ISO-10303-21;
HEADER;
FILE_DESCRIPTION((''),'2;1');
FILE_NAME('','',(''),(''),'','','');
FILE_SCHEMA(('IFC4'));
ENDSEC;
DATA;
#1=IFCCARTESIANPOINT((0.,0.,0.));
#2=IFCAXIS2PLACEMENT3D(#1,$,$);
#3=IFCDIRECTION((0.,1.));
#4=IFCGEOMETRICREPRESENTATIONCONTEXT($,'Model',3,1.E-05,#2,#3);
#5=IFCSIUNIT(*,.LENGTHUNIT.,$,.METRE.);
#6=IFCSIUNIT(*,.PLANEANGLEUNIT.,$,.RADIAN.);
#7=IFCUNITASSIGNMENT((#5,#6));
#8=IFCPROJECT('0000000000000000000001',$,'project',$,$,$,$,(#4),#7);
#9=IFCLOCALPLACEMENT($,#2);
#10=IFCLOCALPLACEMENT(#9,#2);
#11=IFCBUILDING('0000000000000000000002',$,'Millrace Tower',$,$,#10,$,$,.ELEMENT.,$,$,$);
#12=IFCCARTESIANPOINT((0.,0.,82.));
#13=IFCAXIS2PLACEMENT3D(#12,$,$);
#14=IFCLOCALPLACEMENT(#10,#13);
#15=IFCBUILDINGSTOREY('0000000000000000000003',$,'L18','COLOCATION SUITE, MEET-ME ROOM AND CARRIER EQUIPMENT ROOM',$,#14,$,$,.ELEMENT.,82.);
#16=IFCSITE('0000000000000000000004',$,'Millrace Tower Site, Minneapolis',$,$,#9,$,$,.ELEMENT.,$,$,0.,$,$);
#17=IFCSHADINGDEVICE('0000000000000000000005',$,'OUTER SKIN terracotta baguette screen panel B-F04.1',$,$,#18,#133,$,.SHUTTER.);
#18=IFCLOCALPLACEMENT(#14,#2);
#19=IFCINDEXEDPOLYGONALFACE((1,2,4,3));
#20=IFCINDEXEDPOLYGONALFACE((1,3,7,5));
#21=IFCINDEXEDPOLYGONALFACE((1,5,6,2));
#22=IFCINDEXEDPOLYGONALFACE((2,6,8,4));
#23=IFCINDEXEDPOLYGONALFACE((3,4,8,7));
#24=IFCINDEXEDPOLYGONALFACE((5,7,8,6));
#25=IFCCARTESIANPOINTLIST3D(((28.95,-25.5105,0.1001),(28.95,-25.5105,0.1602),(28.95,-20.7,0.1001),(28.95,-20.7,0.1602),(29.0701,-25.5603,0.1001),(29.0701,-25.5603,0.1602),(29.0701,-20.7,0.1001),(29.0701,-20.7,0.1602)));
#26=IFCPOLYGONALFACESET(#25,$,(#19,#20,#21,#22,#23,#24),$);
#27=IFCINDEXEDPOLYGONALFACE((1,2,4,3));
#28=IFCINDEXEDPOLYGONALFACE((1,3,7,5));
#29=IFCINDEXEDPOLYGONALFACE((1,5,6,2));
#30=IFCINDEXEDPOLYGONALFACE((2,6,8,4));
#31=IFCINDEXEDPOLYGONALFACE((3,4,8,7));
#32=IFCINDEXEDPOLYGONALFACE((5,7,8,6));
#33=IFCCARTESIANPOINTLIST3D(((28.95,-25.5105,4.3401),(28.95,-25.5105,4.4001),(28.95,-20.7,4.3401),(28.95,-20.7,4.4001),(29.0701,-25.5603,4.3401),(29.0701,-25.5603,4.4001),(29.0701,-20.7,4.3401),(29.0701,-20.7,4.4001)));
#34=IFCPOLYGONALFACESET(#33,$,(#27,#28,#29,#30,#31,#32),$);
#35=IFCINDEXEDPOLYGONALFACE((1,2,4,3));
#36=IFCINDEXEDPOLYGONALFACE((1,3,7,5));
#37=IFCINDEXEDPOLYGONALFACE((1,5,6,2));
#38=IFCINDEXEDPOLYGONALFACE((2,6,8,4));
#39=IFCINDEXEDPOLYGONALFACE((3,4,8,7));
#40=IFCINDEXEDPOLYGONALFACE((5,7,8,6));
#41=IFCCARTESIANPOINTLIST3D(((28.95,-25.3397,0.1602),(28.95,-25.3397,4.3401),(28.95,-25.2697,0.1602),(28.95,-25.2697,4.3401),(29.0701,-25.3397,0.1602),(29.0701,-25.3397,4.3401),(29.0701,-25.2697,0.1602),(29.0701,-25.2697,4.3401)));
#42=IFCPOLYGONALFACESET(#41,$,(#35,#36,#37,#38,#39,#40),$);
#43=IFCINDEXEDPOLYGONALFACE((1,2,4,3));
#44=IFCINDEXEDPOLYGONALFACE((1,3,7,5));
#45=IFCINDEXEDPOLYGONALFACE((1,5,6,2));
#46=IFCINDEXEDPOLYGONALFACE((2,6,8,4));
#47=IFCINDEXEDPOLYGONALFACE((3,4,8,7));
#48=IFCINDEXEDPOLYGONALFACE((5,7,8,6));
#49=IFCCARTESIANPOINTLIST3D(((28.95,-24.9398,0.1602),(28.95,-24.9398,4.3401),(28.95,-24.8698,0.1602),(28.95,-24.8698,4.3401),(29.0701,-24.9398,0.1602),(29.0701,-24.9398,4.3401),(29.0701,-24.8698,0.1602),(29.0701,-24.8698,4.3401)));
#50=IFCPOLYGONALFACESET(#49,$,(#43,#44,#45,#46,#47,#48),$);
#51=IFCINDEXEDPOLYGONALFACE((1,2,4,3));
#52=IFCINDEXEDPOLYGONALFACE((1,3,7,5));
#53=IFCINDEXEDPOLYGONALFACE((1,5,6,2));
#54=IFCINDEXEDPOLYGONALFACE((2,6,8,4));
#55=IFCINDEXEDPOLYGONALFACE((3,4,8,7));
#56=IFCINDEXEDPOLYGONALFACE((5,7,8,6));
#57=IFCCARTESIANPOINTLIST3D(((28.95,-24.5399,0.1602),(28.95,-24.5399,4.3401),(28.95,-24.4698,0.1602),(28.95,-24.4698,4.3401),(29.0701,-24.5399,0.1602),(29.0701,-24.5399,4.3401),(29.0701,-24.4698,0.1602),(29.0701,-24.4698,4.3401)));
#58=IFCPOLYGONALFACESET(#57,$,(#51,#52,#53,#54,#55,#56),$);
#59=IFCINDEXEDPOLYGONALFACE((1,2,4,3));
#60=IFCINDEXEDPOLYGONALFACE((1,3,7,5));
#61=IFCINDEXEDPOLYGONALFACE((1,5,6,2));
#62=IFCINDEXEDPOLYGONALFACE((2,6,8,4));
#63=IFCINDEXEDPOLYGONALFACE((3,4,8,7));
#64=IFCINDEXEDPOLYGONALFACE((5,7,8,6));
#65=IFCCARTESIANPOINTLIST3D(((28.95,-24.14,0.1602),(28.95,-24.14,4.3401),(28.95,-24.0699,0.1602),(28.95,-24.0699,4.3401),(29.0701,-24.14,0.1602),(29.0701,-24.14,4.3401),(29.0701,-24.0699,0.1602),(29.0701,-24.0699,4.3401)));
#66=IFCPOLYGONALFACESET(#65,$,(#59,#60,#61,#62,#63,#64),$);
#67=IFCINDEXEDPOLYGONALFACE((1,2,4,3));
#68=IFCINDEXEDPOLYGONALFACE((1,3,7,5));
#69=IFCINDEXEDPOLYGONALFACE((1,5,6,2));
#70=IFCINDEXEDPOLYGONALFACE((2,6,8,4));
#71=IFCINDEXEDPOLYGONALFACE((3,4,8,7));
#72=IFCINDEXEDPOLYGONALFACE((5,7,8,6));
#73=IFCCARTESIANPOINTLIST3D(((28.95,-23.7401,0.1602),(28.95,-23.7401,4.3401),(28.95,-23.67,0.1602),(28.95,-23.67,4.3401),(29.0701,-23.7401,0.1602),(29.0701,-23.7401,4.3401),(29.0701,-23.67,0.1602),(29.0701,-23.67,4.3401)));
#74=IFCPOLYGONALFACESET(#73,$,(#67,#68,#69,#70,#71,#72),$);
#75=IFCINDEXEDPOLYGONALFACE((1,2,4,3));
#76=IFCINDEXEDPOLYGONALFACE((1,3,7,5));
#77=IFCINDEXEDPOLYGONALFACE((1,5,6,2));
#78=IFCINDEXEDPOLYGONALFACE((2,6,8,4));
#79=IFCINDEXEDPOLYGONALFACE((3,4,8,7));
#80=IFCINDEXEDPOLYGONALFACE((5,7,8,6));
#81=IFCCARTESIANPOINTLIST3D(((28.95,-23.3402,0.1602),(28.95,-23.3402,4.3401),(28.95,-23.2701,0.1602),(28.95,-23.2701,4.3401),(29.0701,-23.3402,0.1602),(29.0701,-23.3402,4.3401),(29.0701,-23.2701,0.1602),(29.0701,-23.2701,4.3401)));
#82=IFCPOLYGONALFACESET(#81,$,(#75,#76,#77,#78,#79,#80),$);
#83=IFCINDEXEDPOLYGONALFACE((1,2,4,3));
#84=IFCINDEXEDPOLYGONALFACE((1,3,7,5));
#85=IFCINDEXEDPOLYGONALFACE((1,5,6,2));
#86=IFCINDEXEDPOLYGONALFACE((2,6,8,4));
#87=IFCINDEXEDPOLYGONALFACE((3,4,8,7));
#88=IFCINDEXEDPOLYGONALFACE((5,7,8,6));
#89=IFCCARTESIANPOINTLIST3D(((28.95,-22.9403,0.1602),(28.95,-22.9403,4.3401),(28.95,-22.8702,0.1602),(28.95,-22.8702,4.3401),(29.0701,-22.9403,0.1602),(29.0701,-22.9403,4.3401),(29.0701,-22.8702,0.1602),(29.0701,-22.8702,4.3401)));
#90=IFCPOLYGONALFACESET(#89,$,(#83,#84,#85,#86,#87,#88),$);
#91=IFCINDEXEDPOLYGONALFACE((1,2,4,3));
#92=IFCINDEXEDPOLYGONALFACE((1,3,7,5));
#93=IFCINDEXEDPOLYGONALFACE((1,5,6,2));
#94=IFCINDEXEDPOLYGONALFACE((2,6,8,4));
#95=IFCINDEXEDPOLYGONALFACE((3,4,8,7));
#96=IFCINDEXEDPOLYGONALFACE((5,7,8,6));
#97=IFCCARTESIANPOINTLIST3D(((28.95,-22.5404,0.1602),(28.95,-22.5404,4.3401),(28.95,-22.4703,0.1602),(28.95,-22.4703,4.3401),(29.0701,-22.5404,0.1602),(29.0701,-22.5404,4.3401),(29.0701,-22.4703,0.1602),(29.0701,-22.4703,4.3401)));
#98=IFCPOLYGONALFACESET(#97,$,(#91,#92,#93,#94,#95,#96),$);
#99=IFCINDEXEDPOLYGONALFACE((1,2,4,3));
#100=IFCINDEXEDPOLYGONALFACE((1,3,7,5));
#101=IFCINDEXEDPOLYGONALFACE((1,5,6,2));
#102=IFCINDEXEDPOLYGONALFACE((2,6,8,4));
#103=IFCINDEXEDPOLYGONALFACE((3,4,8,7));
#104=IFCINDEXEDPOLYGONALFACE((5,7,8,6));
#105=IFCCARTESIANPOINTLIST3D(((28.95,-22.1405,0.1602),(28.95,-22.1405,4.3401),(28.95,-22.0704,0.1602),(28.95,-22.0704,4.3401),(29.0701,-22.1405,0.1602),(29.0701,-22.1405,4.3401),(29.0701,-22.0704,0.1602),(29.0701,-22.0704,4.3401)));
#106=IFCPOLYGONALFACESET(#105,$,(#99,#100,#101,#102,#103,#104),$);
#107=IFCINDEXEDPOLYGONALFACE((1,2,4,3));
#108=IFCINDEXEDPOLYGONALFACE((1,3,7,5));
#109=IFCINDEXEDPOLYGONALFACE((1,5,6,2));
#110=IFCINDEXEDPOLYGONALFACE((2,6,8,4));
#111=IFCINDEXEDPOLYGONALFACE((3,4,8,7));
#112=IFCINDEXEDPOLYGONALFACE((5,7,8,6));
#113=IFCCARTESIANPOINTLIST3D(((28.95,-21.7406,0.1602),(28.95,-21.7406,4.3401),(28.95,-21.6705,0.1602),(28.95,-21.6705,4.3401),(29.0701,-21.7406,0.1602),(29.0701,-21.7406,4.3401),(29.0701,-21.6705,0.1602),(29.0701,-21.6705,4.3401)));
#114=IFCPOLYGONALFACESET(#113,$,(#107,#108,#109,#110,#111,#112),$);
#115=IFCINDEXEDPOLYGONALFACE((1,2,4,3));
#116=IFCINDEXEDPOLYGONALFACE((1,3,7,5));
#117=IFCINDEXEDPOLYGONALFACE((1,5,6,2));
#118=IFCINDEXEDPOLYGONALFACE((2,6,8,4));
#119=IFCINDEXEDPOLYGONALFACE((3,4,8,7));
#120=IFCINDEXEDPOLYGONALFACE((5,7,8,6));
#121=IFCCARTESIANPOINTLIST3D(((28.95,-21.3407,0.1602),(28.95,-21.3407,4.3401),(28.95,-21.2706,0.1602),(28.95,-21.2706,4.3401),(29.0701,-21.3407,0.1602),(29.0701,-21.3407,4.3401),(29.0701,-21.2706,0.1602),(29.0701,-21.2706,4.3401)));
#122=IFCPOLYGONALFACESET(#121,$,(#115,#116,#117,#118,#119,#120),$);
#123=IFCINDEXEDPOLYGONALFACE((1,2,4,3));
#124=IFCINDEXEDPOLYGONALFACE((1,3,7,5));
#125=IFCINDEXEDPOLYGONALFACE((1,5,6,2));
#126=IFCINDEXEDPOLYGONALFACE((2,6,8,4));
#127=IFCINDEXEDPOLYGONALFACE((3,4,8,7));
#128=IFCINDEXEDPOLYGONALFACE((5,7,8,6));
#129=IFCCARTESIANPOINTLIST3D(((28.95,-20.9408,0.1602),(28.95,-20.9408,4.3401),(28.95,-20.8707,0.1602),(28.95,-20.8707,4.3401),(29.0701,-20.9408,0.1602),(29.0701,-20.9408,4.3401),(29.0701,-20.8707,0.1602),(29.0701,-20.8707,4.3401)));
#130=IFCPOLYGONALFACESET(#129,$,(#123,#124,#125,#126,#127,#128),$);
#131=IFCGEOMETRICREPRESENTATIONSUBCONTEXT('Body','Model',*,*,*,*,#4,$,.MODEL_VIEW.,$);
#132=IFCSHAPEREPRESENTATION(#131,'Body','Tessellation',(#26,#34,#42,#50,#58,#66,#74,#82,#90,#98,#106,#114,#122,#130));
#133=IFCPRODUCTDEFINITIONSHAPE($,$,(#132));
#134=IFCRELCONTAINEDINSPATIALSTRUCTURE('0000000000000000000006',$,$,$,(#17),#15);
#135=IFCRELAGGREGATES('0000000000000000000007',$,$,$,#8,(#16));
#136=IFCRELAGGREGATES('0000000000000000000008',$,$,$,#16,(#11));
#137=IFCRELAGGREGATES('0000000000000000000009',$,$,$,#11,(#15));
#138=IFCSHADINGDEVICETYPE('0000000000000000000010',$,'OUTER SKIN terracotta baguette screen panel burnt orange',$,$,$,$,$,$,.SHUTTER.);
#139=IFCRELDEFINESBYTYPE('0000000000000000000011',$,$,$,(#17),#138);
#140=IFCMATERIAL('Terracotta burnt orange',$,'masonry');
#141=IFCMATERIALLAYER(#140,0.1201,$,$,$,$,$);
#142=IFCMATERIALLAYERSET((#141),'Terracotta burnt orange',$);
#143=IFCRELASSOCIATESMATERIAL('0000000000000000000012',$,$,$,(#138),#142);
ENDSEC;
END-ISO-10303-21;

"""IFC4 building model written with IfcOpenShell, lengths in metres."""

from ifc_helpers import new_model, entity, si_unit, direction, frame, frame_2d, origin, place, context, subcontext, project, spatial, rectangle, extrude, source, transform, mapped, material, layer, layer_set, type_object, element, save


model = new_model("IFC4")

# Units and contexts
model_context = context("Model", 3, precision=1e-05, world=origin(), true_north=direction((0.0, 1.0)))
body_context = subcontext(model_context, "Body", "Model", "MODEL_VIEW")
ifc_project = project(units=[si_unit("LENGTHUNIT", "METRE"), si_unit("PLANEANGLEUNIT", "RADIAN")], contexts=[model_context])

# Site, building, storey
site_placement = place(None, origin())
site = spatial("IfcSite", under=ifc_project, at=site_placement, Name="Millrace Tower Site, Minneapolis", CompositionType="ELEMENT", RefElevation=0.0)
building_placement = place(site_placement, origin())
building = spatial("IfcBuilding", under=site, at=building_placement, Name="Millrace Tower", CompositionType="ELEMENT")
storey_placement = place(building_placement, frame((0.0, 0.0, 82.0)))
storey = spatial("IfcBuildingStorey", under=building, at=storey_placement, Name="L18", Description="COLOCATION SUITE, MEET-ME ROOM AND CARRIER EQUIPMENT ROOM", CompositionType="ELEMENT", Elevation=82.0)

# Shading device
ifc_material_1 = material(Name="Terracotta burnt orange", Category="masonry")
ifc_layer_1 = layer(ifc_material_1, 0.1201)
ifc_layer_set_1 = layer_set([ifc_layer_1], Name="Terracotta burnt orange")
shading_device_type = type_object("IfcShadingDeviceType", Name="OUTER SKIN terracotta baguette screen panel burnt orange", PredefinedType="SHUTTER", material=ifc_layer_set_1)
cartesian_point_1 = entity("IfcCartesianPoint", [-2.3928, 0.0601])
shared_polyline_1 = entity("IfcPolyline", [cartesian_point_1, entity("IfcCartesianPoint", [2.4177, 0.0601]), entity("IfcCartesianPoint", [2.4177, -0.0601]), entity("IfcCartesianPoint", [-2.4426, -0.0601]), cartesian_point_1])
shared_shape_1 = source(origin(), body_context, "Body", "SweptSolid", [
    entity("IfcExtrudedAreaSolid", entity("IfcArbitraryClosedProfileDef", "AREA", None, shared_polyline_1), entity("IfcAxis2Placement3D", entity("IfcCartesianPoint", [0.0, 0.0, 0.0])), entity("IfcDirection", [0.0, 0.0, 1.0]), 0.0601),
    entity("IfcExtrudedAreaSolid", entity("IfcArbitraryClosedProfileDef", "AREA", None, shared_polyline_1), entity("IfcAxis2Placement3D", entity("IfcCartesianPoint", [0.0, 0.0, 4.24])), entity("IfcDirection", [0.0, 0.0, 1.0]), 0.0601),
    extrude(rectangle(XDim=0.0701, YDim=0.1201, at=frame_2d((-2.187, 0.0))), frame((0.0, 0.0, 0.0601)), (0.0, 0.0, 1.0), 4.1799),
    extrude(rectangle(XDim=0.0701, YDim=0.1201, at=frame_2d((-1.7871, 0.0))), frame((0.0, 0.0, 0.0601)), (0.0, 0.0, 1.0), 4.1799),
    extrude(rectangle(XDim=0.0701, YDim=0.1201, at=frame_2d((-1.3872, 0.0))), frame((0.0, 0.0, 0.0601)), (0.0, 0.0, 1.0), 4.1799),
    extrude(rectangle(XDim=0.0701, YDim=0.1201, at=frame_2d((-0.9873, 0.0))), frame((0.0, 0.0, 0.0601)), (0.0, 0.0, 1.0), 4.1799),
    extrude(rectangle(XDim=0.0701, YDim=0.1201, at=frame_2d((-0.5874, 0.0))), frame((0.0, 0.0, 0.0601)), (0.0, 0.0, 1.0), 4.1799),
    extrude(rectangle(XDim=0.0701, YDim=0.1201, at=frame_2d((-0.1875, 0.0))), frame((0.0, 0.0, 0.0601)), (0.0, 0.0, 1.0), 4.1799),
    extrude(rectangle(XDim=0.0701, YDim=0.1201, at=frame_2d((0.2124, 0.0))), frame((0.0, 0.0, 0.0601)), (0.0, 0.0, 1.0), 4.1799),
    extrude(rectangle(XDim=0.0701, YDim=0.1201, at=frame_2d((0.6123, 0.0))), frame((0.0, 0.0, 0.0601)), (0.0, 0.0, 1.0), 4.1799),
    extrude(rectangle(XDim=0.0701, YDim=0.1201, at=frame_2d((1.0122, 0.0))), frame((0.0, 0.0, 0.0601)), (0.0, 0.0, 1.0), 4.1799),
    extrude(rectangle(XDim=0.0701, YDim=0.1201, at=frame_2d((1.4121, 0.0))), frame((0.0, 0.0, 0.0601)), (0.0, 0.0, 1.0), 4.1799),
    extrude(rectangle(XDim=0.0701, YDim=0.1201, at=frame_2d((1.812, 0.0))), frame((0.0, 0.0, 0.0601)), (0.0, 0.0, 1.0), 4.1799),
    extrude(rectangle(XDim=0.0701, YDim=0.1201, at=frame_2d((2.2119, 0.0))), frame((0.0, 0.0, 0.0601)), (0.0, 0.0, 1.0), 4.1799),
])
shading_device_1_placement = place(storey_placement, frame((29.01, -23.1177, 0.1001), z_axis=(0.0, 0.0, 1.0), x_axis=(0.0, 1.0, 0.0)))
element("IfcShadingDevice", 1, at=shading_device_1_placement, inside=storey, type_object=shading_device_type, Name="OUTER SKIN terracotta baguette screen panel B-F04.1", PredefinedType="SHUTTER", context=body_context, shape_type="MappedRepresentation", body=[
    mapped(shared_shape_1, transform((0.0, 0.0, 0.0), scale=1.0)),
])

save(model, "model.ifc")
